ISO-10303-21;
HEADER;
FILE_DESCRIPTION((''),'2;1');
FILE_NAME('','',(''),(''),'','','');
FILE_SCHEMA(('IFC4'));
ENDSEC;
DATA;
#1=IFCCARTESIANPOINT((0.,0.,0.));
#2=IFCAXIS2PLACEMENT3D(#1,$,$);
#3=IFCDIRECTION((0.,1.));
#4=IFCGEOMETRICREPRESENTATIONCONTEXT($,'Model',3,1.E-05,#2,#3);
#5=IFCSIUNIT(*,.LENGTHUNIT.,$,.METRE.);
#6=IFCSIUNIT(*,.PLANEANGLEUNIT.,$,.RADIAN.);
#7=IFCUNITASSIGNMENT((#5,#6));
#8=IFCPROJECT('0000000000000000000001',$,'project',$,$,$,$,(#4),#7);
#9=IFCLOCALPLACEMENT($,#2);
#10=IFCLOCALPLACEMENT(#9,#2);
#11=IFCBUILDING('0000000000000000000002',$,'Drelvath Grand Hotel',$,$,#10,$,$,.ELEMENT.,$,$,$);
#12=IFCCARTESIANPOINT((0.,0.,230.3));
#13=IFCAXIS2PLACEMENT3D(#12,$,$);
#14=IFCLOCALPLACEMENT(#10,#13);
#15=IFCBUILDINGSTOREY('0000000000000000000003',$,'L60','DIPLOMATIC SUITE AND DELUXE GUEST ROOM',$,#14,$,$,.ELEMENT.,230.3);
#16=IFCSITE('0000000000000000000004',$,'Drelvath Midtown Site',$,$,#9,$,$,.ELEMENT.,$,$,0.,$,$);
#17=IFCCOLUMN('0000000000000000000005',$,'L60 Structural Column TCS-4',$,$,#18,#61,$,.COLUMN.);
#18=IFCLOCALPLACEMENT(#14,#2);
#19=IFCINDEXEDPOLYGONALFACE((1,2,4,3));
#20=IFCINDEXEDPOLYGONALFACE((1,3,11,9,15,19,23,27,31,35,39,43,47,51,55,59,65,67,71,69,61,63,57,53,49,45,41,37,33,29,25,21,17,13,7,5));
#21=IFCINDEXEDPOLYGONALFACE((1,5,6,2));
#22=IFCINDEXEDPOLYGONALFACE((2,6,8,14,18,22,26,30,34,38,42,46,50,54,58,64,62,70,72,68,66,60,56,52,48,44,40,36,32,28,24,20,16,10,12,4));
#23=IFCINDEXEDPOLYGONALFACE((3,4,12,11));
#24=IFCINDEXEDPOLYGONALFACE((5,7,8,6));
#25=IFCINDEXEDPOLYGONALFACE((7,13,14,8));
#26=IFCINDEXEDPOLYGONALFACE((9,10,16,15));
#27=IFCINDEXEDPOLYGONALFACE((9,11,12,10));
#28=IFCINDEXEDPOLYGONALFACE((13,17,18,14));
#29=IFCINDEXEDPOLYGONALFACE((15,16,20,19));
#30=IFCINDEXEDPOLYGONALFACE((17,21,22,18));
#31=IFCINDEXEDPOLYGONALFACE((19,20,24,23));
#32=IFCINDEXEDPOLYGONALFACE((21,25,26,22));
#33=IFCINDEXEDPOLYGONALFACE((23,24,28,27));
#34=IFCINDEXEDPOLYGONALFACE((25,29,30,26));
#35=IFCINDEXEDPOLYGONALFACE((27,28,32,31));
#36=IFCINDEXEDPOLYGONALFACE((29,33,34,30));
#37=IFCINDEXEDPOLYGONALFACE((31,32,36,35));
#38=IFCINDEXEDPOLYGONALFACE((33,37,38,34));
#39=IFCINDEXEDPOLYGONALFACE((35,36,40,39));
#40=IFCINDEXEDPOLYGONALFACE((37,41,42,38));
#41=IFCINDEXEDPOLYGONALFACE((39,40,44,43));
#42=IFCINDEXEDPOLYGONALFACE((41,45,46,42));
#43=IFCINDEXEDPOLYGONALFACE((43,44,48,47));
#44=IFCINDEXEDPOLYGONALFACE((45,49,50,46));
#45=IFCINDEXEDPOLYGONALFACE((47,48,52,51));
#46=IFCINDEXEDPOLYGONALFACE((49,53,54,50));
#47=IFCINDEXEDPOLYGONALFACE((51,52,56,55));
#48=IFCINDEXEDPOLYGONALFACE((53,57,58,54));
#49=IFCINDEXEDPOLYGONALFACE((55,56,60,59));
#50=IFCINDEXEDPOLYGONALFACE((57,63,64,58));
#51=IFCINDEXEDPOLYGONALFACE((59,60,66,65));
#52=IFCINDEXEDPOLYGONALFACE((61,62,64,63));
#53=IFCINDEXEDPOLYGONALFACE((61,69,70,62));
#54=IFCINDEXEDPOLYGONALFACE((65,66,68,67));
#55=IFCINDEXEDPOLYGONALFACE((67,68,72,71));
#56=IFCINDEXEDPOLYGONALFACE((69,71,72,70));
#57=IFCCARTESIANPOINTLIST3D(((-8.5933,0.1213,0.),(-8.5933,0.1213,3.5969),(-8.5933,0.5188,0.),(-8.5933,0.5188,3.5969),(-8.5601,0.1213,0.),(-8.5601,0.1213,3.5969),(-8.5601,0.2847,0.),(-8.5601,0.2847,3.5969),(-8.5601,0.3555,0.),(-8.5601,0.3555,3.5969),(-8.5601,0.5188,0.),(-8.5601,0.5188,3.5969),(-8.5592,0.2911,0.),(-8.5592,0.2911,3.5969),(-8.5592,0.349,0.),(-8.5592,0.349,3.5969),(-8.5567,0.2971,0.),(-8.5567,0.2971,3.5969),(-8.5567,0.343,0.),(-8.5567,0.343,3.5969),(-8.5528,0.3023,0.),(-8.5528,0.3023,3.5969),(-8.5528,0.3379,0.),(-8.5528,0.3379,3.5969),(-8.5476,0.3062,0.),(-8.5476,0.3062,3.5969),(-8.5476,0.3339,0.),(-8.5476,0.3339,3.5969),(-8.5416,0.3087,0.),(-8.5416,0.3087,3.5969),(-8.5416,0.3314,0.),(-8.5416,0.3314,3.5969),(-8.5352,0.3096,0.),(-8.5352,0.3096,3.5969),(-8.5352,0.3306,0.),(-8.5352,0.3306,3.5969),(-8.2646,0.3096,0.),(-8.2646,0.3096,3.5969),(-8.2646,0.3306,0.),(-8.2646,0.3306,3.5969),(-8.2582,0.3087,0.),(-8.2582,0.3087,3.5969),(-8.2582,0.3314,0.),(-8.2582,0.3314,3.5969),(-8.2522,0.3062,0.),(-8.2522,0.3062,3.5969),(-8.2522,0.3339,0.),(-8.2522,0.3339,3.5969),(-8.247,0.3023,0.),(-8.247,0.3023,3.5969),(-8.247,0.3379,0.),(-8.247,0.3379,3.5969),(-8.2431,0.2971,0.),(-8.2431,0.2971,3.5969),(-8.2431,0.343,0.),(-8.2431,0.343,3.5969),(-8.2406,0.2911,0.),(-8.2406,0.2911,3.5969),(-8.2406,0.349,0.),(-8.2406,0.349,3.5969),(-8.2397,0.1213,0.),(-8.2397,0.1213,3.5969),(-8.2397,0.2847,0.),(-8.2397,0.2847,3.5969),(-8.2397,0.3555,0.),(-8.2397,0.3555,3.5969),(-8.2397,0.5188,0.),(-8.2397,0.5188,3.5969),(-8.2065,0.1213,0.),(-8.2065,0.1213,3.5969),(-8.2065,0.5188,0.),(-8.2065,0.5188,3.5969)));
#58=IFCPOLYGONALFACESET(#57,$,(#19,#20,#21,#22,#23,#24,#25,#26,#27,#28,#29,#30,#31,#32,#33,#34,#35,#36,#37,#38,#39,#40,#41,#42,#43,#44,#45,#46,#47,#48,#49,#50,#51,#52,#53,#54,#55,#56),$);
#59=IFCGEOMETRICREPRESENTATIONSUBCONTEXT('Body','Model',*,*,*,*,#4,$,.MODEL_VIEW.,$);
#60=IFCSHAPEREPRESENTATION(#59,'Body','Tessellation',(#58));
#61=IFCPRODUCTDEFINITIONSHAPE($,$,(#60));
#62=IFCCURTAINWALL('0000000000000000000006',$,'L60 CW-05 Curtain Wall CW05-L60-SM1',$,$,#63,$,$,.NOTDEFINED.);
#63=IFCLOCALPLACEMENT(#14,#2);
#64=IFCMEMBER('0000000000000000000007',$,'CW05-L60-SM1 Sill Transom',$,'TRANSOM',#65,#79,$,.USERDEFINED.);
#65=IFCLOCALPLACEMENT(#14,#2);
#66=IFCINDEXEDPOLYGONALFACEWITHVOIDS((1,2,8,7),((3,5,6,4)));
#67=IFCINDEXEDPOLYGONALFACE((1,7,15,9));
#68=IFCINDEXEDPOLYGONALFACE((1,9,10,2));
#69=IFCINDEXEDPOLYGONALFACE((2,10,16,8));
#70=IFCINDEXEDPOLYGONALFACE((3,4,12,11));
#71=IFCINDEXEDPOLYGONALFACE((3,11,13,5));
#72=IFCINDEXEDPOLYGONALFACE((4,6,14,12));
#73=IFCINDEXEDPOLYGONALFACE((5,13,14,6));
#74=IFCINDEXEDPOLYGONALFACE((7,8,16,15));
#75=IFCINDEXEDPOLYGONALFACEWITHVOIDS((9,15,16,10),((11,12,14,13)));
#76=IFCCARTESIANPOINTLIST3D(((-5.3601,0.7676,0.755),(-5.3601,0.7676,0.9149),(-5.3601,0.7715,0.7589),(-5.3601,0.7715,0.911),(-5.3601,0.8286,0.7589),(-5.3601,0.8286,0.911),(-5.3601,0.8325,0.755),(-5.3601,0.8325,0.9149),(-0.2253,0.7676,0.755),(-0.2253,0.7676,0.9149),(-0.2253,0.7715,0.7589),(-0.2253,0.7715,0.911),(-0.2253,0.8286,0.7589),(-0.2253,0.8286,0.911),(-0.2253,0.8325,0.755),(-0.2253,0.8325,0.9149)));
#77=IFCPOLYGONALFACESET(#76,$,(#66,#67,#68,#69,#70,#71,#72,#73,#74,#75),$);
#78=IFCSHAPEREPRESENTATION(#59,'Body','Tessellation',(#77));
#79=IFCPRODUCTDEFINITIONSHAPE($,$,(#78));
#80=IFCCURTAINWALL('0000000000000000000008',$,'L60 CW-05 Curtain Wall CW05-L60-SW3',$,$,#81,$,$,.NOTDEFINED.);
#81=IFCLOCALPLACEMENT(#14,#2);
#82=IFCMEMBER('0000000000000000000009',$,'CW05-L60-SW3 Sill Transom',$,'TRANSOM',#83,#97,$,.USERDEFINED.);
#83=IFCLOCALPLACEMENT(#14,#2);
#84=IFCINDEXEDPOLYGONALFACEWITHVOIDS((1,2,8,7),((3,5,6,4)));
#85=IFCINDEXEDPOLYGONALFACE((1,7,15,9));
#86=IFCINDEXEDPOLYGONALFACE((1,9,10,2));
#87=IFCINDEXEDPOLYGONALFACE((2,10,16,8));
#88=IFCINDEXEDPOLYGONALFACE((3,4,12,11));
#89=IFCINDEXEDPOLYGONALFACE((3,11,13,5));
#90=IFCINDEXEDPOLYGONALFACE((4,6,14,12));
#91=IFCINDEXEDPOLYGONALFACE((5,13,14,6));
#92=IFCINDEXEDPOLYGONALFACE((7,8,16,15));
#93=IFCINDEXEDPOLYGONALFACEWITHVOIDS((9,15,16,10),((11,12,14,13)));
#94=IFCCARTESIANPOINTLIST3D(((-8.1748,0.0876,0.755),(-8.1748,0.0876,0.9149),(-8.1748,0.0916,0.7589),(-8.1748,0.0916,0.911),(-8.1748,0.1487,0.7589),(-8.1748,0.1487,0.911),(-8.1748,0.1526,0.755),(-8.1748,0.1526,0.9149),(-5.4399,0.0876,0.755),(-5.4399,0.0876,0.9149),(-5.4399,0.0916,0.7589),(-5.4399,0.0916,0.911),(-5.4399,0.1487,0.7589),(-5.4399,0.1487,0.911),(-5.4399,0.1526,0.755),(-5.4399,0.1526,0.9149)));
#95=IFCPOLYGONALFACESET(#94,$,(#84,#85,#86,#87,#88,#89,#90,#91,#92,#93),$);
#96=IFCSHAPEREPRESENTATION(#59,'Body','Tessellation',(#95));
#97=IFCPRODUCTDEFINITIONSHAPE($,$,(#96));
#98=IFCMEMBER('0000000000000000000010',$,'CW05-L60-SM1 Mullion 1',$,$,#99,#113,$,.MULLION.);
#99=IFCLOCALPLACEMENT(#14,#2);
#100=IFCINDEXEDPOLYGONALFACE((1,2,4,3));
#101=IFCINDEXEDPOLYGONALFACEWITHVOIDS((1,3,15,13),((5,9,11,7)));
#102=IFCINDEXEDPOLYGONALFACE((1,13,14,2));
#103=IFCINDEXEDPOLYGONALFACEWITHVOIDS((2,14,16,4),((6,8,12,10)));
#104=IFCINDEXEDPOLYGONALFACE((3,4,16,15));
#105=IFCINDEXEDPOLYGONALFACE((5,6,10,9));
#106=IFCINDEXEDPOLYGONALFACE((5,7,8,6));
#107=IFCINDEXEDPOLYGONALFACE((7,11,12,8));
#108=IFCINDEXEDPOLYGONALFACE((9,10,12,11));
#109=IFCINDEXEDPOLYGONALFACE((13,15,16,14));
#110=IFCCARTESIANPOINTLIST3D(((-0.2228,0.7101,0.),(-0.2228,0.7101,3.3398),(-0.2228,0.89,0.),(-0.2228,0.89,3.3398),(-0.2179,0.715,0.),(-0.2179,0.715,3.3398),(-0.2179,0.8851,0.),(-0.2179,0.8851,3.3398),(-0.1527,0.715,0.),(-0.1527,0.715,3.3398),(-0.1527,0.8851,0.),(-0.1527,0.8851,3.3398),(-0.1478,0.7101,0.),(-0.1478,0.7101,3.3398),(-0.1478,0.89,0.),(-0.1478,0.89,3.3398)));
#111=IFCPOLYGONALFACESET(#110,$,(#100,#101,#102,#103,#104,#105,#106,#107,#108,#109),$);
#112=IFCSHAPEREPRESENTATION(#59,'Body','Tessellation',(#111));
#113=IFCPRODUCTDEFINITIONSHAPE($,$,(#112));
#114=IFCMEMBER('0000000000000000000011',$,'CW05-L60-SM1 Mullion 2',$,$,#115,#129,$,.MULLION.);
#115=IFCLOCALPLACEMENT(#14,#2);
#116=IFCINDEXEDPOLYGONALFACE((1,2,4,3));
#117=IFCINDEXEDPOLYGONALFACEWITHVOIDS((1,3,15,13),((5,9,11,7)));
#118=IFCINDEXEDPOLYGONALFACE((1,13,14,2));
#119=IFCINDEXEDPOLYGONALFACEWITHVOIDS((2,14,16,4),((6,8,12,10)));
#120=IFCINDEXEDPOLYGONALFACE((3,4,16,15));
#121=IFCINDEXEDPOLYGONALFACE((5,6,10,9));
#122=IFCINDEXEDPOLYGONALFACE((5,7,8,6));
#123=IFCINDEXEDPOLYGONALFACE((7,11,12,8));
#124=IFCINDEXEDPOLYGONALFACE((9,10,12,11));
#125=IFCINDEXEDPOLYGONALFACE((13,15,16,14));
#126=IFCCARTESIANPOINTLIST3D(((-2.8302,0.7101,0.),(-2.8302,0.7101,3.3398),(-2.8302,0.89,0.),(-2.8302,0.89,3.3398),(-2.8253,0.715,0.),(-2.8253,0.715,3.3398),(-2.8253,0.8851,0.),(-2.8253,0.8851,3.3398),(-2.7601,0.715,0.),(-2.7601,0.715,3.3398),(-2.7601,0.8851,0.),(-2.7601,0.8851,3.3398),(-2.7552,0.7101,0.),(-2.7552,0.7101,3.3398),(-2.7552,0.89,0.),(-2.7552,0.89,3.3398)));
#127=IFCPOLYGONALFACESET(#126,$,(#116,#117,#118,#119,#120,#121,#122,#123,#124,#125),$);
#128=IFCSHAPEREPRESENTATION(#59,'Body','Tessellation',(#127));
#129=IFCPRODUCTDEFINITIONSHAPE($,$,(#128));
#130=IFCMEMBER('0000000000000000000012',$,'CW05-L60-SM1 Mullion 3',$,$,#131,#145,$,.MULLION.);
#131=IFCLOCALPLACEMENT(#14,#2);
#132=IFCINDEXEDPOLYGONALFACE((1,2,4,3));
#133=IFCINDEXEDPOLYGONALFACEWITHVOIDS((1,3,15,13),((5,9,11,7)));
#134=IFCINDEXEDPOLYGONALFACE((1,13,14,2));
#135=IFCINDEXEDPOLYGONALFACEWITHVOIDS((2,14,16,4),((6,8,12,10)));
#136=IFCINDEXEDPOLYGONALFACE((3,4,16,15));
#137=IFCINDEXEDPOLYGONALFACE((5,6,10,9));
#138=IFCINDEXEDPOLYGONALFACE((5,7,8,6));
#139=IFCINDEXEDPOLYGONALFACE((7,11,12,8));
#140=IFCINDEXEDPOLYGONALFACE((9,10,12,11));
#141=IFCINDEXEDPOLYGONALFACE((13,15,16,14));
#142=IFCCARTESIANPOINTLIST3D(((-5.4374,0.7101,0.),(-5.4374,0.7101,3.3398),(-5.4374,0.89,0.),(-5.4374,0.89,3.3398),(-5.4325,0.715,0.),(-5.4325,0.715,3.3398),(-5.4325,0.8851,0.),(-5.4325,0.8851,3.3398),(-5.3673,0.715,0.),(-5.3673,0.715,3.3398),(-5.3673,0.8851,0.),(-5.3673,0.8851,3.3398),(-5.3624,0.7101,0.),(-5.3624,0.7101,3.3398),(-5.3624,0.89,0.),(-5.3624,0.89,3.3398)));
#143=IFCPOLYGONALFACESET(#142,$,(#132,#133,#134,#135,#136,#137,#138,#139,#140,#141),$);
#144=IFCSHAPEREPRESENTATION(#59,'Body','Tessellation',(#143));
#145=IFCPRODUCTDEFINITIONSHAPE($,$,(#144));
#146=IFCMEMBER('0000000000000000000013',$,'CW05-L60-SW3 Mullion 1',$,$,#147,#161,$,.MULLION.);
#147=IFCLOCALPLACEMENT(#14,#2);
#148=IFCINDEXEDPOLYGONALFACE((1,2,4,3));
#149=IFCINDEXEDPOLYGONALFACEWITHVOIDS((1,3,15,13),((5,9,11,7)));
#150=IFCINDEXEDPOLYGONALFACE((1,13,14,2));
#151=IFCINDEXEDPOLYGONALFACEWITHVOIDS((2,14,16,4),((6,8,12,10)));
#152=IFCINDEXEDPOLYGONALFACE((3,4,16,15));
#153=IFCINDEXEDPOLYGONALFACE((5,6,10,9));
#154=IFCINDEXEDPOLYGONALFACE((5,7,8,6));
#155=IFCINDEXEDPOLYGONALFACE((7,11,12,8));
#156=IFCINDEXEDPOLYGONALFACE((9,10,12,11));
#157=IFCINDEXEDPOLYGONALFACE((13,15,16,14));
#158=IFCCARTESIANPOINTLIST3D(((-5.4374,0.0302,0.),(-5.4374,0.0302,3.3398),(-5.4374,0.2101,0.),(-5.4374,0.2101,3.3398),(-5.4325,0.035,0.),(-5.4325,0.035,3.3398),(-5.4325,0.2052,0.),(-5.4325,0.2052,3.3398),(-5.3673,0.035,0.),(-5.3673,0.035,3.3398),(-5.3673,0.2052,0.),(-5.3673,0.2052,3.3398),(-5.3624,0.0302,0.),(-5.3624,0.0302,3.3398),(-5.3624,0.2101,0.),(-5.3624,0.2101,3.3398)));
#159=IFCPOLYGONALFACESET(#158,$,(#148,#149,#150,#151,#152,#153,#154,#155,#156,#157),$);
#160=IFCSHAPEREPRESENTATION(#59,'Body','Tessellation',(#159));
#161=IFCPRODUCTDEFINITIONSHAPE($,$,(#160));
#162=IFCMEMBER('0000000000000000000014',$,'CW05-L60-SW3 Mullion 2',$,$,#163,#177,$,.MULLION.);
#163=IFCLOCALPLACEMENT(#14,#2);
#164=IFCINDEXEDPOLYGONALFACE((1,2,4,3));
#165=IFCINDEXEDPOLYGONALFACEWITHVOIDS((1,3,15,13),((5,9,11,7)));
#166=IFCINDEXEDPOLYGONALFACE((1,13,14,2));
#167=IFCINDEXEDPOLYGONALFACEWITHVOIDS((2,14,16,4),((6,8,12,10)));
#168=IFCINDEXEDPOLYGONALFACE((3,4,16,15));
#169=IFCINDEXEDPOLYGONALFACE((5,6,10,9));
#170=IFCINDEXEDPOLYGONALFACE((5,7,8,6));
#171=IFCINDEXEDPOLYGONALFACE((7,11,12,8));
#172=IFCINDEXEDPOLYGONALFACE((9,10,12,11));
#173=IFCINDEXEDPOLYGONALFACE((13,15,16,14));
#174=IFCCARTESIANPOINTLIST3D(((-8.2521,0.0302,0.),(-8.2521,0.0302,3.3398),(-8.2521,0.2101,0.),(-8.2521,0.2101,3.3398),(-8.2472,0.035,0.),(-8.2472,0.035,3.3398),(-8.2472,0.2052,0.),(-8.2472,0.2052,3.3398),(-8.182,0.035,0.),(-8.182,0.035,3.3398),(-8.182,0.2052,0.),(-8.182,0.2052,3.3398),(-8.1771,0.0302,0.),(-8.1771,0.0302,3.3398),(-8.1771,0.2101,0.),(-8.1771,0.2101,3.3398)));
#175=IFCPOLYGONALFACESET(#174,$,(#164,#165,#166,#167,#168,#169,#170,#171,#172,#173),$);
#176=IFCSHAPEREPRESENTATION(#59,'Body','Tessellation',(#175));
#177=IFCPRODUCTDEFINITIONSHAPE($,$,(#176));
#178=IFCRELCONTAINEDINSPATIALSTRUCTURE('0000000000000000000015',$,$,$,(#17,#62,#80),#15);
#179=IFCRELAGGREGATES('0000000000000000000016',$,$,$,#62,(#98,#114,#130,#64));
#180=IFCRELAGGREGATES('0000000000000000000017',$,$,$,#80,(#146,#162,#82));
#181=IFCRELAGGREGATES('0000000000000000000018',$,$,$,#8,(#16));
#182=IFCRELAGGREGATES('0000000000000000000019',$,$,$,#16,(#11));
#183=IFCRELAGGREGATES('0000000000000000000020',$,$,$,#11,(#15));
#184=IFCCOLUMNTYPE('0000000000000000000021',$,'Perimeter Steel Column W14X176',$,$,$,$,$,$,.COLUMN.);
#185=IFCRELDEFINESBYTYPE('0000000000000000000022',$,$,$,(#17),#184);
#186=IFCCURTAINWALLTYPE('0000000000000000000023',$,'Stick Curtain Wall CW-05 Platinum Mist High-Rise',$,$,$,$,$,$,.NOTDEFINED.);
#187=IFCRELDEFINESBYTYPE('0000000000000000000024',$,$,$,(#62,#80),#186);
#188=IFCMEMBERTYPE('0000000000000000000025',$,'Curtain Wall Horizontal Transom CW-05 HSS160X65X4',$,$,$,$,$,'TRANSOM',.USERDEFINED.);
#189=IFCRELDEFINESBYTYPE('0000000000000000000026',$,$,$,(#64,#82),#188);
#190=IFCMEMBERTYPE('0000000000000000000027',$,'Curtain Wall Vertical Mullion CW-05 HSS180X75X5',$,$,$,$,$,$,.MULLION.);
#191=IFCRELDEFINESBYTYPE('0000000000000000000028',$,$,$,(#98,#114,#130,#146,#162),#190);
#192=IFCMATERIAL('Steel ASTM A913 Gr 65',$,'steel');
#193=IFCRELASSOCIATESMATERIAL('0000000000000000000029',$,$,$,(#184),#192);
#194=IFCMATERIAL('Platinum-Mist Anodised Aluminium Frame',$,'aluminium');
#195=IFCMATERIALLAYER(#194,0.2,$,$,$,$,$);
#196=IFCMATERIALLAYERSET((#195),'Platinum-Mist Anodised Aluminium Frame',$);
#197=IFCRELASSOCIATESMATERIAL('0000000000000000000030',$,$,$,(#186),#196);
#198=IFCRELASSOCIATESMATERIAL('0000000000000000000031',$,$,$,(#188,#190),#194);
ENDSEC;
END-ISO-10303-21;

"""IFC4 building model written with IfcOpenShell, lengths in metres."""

from ifc_helpers import new_model, si_unit, direction, frame, origin, origin_2d, place, context, subcontext, project, spatial, hollow_rectangle, i_section, extrude, material, layer, layer_set, material_profile, profile_set, type_object, element, aggregate, save


model = new_model("IFC4")

# Units and contexts
model_context = context("Model", 3, precision=1e-05, world=origin(), true_north=direction((0.0, 1.0)))
body_context = subcontext(model_context, "Body", "Model", "MODEL_VIEW")
ifc_project = project(units=[si_unit("LENGTHUNIT", "METRE"), si_unit("PLANEANGLEUNIT", "RADIAN")], contexts=[model_context])

# Site, building, storey
site_placement = place(None, origin())
site = spatial("IfcSite", under=ifc_project, at=site_placement, Name="Drelvath Midtown Site", CompositionType="ELEMENT", RefElevation=0.0)
building_placement = place(site_placement, origin())
building = spatial("IfcBuilding", under=site, at=building_placement, Name="Drelvath Grand Hotel", CompositionType="ELEMENT")
storey_placement = place(building_placement, frame((0.0, 0.0, 230.3)))
storey = spatial("IfcBuildingStorey", under=building, at=storey_placement, Name="L60", Description="DIPLOMATIC SUITE AND DELUXE GUEST ROOM", CompositionType="ELEMENT", Elevation=230.3)

# Column
ifc_material_1 = material(Name="Steel ASTM A913 Gr 65", Category="steel")
ifc_material_profile_1 = material_profile(ifc_material_1, i_section(OverallWidth=0.3975, OverallDepth=0.3867, WebThickness=0.021, FlangeThickness=0.0332, FilletRadius=0.0249, at=origin_2d()), Name="W14X176")
ifc_profile_set_1 = profile_set([ifc_material_profile_1], Name="Steel ASTM A913 Gr 65")
column_type = type_object("IfcColumnType", Name="Perimeter Steel Column W14X176", PredefinedType="COLUMN", material=ifc_profile_set_1)
column_placement = place(storey_placement, frame((-8.3999, 0.3201, 0.0), z_axis=(0.0, 0.0, 1.0), x_axis=(0.0, 1.0, 0.0)))
element("IfcColumn", 1, at=column_placement, inside=storey, type_object=column_type, Name="L60 Structural Column TCS-4", PredefinedType="COLUMN", context=body_context, shape_type="SweptSolid", body=[
    extrude(i_section(OverallWidth=0.3975, OverallDepth=0.3867, WebThickness=0.021, FlangeThickness=0.0332, FilletRadius=0.0249, at=origin_2d()), origin(), (0.0, 0.0, 1.0), 3.5969),
])

# Curtain walls, members
ifc_material_2 = material(Name="Platinum-Mist Anodised Aluminium Frame", Category="aluminium")
ifc_layer_1 = layer(ifc_material_2, 0.2)
ifc_layer_set_1 = layer_set([ifc_layer_1], Name="Platinum-Mist Anodised Aluminium Frame")
curtain_wall_type = type_object("IfcCurtainWallType", Name="Stick Curtain Wall CW-05 Platinum Mist High-Rise", PredefinedType="NOTDEFINED", material=ifc_layer_set_1)
curtain_wall_1_placement = place(storey_placement, origin())
curtain_wall_1 = element("IfcCurtainWall", 2, at=curtain_wall_1_placement, inside=storey, type_object=curtain_wall_type, Name="L60 CW-05 Curtain Wall CW05-L60-SM1", PredefinedType="NOTDEFINED")
ifc_material_profile_2 = material_profile(ifc_material_2, hollow_rectangle(XDim=0.0649, YDim=0.1599, WallThickness=0.0039, at=origin_2d()), Name="HSS160X65X4")
ifc_profile_set_2 = profile_set([ifc_material_profile_2], Name="Platinum-Mist Anodised Aluminium Frame")
member_type_1 = type_object("IfcMemberType", Name="Curtain Wall Horizontal Transom CW-05 HSS160X65X4", ElementType="TRANSOM", PredefinedType="USERDEFINED", material=ifc_profile_set_2)
member_1_placement = place(storey_placement, frame((-0.2253, 0.8, 0.835), z_axis=(-1.0, 0.0, 0.0), x_axis=(0.0, -1.0, 0.0)))
member_1 = element("IfcMember", 3, at=member_1_placement, type_object=member_type_1, Name="CW05-L60-SM1 Sill Transom", ObjectType="TRANSOM", PredefinedType="USERDEFINED", context=body_context, shape_type="SweptSolid", body=[
    extrude(hollow_rectangle(XDim=0.0649, YDim=0.1599, WallThickness=0.0039, at=origin_2d()), origin(), (0.0, 0.0, 1.0), 5.1348),
])
curtain_wall_2_placement = place(storey_placement, origin())
curtain_wall_2 = element("IfcCurtainWall", 4, at=curtain_wall_2_placement, inside=storey, type_object=curtain_wall_type, Name="L60 CW-05 Curtain Wall CW05-L60-SW3", PredefinedType="NOTDEFINED")
member_2_placement = place(storey_placement, frame((-5.4399, 0.1201, 0.835), z_axis=(-1.0, 0.0, 0.0), x_axis=(0.0, -1.0, 0.0)))
member_2 = element("IfcMember", 5, at=member_2_placement, type_object=member_type_1, Name="CW05-L60-SW3 Sill Transom", ObjectType="TRANSOM", PredefinedType="USERDEFINED", context=body_context, shape_type="SweptSolid", body=[
    extrude(hollow_rectangle(XDim=0.0649, YDim=0.1599, WallThickness=0.0039, at=origin_2d()), origin(), (0.0, 0.0, 1.0), 2.7349),
])

# Members
ifc_material_profile_3 = material_profile(ifc_material_2, hollow_rectangle(XDim=0.075, YDim=0.1799, WallThickness=0.0049, at=origin_2d()), Name="HSS180X75X5")
ifc_profile_set_3 = profile_set([ifc_material_profile_3], Name="Platinum-Mist Anodised Aluminium Frame")
member_type_2 = type_object("IfcMemberType", Name="Curtain Wall Vertical Mullion CW-05 HSS180X75X5", PredefinedType="MULLION", material=ifc_profile_set_3)
member_3_placement = place(storey_placement, frame((-0.1853, 0.8, 0.0), z_axis=(0.0, 0.0, 1.0), x_axis=(1.0, 0.0, 0.0)))
member_3 = element("IfcMember", 6, at=member_3_placement, type_object=member_type_2, Name="CW05-L60-SM1 Mullion 1", PredefinedType="MULLION", context=body_context, shape_type="SweptSolid", body=[
    extrude(hollow_rectangle(XDim=0.075, YDim=0.1799, WallThickness=0.0049, at=origin_2d()), origin(), (0.0, 0.0, 1.0), 3.3398),
])
member_4_placement = place(storey_placement, frame((-2.7927, 0.8, 0.0), z_axis=(0.0, 0.0, 1.0), x_axis=(1.0, 0.0, 0.0)))
member_4 = element("IfcMember", 7, at=member_4_placement, type_object=member_type_2, Name="CW05-L60-SM1 Mullion 2", PredefinedType="MULLION", context=body_context, shape_type="SweptSolid", body=[
    extrude(hollow_rectangle(XDim=0.075, YDim=0.1799, WallThickness=0.0049, at=origin_2d()), origin(), (0.0, 0.0, 1.0), 3.3398),
])
member_5_placement = place(storey_placement, frame((-5.3999, 0.8, 0.0), z_axis=(0.0, 0.0, 1.0), x_axis=(1.0, 0.0, 0.0)))
member_5 = element("IfcMember", 8, at=member_5_placement, type_object=member_type_2, Name="CW05-L60-SM1 Mullion 3", PredefinedType="MULLION", context=body_context, shape_type="SweptSolid", body=[
    extrude(hollow_rectangle(XDim=0.075, YDim=0.1799, WallThickness=0.0049, at=origin_2d()), origin(), (0.0, 0.0, 1.0), 3.3398),
])
member_6_placement = place(storey_placement, frame((-5.3999, 0.1201, 0.0), z_axis=(0.0, 0.0, 1.0), x_axis=(1.0, 0.0, 0.0)))
member_6 = element("IfcMember", 9, at=member_6_placement, type_object=member_type_2, Name="CW05-L60-SW3 Mullion 1", PredefinedType="MULLION", context=body_context, shape_type="SweptSolid", body=[
    extrude(hollow_rectangle(XDim=0.075, YDim=0.1799, WallThickness=0.0049, at=origin_2d()), origin(), (0.0, 0.0, 1.0), 3.3398),
])
member_7_placement = place(storey_placement, frame((-8.2146, 0.1201, 0.0), z_axis=(0.0, 0.0, 1.0), x_axis=(1.0, 0.0, 0.0)))
member_7 = element("IfcMember", 10, at=member_7_placement, type_object=member_type_2, Name="CW05-L60-SW3 Mullion 2", PredefinedType="MULLION", context=body_context, shape_type="SweptSolid", body=[
    extrude(hollow_rectangle(XDim=0.075, YDim=0.1799, WallThickness=0.0049, at=origin_2d()), origin(), (0.0, 0.0, 1.0), 3.3398),
])

aggregate(curtain_wall_1, [member_3, member_4, member_5, member_1])
aggregate(curtain_wall_2, [member_6, member_7, member_2])

save(model, "model.ifc")
